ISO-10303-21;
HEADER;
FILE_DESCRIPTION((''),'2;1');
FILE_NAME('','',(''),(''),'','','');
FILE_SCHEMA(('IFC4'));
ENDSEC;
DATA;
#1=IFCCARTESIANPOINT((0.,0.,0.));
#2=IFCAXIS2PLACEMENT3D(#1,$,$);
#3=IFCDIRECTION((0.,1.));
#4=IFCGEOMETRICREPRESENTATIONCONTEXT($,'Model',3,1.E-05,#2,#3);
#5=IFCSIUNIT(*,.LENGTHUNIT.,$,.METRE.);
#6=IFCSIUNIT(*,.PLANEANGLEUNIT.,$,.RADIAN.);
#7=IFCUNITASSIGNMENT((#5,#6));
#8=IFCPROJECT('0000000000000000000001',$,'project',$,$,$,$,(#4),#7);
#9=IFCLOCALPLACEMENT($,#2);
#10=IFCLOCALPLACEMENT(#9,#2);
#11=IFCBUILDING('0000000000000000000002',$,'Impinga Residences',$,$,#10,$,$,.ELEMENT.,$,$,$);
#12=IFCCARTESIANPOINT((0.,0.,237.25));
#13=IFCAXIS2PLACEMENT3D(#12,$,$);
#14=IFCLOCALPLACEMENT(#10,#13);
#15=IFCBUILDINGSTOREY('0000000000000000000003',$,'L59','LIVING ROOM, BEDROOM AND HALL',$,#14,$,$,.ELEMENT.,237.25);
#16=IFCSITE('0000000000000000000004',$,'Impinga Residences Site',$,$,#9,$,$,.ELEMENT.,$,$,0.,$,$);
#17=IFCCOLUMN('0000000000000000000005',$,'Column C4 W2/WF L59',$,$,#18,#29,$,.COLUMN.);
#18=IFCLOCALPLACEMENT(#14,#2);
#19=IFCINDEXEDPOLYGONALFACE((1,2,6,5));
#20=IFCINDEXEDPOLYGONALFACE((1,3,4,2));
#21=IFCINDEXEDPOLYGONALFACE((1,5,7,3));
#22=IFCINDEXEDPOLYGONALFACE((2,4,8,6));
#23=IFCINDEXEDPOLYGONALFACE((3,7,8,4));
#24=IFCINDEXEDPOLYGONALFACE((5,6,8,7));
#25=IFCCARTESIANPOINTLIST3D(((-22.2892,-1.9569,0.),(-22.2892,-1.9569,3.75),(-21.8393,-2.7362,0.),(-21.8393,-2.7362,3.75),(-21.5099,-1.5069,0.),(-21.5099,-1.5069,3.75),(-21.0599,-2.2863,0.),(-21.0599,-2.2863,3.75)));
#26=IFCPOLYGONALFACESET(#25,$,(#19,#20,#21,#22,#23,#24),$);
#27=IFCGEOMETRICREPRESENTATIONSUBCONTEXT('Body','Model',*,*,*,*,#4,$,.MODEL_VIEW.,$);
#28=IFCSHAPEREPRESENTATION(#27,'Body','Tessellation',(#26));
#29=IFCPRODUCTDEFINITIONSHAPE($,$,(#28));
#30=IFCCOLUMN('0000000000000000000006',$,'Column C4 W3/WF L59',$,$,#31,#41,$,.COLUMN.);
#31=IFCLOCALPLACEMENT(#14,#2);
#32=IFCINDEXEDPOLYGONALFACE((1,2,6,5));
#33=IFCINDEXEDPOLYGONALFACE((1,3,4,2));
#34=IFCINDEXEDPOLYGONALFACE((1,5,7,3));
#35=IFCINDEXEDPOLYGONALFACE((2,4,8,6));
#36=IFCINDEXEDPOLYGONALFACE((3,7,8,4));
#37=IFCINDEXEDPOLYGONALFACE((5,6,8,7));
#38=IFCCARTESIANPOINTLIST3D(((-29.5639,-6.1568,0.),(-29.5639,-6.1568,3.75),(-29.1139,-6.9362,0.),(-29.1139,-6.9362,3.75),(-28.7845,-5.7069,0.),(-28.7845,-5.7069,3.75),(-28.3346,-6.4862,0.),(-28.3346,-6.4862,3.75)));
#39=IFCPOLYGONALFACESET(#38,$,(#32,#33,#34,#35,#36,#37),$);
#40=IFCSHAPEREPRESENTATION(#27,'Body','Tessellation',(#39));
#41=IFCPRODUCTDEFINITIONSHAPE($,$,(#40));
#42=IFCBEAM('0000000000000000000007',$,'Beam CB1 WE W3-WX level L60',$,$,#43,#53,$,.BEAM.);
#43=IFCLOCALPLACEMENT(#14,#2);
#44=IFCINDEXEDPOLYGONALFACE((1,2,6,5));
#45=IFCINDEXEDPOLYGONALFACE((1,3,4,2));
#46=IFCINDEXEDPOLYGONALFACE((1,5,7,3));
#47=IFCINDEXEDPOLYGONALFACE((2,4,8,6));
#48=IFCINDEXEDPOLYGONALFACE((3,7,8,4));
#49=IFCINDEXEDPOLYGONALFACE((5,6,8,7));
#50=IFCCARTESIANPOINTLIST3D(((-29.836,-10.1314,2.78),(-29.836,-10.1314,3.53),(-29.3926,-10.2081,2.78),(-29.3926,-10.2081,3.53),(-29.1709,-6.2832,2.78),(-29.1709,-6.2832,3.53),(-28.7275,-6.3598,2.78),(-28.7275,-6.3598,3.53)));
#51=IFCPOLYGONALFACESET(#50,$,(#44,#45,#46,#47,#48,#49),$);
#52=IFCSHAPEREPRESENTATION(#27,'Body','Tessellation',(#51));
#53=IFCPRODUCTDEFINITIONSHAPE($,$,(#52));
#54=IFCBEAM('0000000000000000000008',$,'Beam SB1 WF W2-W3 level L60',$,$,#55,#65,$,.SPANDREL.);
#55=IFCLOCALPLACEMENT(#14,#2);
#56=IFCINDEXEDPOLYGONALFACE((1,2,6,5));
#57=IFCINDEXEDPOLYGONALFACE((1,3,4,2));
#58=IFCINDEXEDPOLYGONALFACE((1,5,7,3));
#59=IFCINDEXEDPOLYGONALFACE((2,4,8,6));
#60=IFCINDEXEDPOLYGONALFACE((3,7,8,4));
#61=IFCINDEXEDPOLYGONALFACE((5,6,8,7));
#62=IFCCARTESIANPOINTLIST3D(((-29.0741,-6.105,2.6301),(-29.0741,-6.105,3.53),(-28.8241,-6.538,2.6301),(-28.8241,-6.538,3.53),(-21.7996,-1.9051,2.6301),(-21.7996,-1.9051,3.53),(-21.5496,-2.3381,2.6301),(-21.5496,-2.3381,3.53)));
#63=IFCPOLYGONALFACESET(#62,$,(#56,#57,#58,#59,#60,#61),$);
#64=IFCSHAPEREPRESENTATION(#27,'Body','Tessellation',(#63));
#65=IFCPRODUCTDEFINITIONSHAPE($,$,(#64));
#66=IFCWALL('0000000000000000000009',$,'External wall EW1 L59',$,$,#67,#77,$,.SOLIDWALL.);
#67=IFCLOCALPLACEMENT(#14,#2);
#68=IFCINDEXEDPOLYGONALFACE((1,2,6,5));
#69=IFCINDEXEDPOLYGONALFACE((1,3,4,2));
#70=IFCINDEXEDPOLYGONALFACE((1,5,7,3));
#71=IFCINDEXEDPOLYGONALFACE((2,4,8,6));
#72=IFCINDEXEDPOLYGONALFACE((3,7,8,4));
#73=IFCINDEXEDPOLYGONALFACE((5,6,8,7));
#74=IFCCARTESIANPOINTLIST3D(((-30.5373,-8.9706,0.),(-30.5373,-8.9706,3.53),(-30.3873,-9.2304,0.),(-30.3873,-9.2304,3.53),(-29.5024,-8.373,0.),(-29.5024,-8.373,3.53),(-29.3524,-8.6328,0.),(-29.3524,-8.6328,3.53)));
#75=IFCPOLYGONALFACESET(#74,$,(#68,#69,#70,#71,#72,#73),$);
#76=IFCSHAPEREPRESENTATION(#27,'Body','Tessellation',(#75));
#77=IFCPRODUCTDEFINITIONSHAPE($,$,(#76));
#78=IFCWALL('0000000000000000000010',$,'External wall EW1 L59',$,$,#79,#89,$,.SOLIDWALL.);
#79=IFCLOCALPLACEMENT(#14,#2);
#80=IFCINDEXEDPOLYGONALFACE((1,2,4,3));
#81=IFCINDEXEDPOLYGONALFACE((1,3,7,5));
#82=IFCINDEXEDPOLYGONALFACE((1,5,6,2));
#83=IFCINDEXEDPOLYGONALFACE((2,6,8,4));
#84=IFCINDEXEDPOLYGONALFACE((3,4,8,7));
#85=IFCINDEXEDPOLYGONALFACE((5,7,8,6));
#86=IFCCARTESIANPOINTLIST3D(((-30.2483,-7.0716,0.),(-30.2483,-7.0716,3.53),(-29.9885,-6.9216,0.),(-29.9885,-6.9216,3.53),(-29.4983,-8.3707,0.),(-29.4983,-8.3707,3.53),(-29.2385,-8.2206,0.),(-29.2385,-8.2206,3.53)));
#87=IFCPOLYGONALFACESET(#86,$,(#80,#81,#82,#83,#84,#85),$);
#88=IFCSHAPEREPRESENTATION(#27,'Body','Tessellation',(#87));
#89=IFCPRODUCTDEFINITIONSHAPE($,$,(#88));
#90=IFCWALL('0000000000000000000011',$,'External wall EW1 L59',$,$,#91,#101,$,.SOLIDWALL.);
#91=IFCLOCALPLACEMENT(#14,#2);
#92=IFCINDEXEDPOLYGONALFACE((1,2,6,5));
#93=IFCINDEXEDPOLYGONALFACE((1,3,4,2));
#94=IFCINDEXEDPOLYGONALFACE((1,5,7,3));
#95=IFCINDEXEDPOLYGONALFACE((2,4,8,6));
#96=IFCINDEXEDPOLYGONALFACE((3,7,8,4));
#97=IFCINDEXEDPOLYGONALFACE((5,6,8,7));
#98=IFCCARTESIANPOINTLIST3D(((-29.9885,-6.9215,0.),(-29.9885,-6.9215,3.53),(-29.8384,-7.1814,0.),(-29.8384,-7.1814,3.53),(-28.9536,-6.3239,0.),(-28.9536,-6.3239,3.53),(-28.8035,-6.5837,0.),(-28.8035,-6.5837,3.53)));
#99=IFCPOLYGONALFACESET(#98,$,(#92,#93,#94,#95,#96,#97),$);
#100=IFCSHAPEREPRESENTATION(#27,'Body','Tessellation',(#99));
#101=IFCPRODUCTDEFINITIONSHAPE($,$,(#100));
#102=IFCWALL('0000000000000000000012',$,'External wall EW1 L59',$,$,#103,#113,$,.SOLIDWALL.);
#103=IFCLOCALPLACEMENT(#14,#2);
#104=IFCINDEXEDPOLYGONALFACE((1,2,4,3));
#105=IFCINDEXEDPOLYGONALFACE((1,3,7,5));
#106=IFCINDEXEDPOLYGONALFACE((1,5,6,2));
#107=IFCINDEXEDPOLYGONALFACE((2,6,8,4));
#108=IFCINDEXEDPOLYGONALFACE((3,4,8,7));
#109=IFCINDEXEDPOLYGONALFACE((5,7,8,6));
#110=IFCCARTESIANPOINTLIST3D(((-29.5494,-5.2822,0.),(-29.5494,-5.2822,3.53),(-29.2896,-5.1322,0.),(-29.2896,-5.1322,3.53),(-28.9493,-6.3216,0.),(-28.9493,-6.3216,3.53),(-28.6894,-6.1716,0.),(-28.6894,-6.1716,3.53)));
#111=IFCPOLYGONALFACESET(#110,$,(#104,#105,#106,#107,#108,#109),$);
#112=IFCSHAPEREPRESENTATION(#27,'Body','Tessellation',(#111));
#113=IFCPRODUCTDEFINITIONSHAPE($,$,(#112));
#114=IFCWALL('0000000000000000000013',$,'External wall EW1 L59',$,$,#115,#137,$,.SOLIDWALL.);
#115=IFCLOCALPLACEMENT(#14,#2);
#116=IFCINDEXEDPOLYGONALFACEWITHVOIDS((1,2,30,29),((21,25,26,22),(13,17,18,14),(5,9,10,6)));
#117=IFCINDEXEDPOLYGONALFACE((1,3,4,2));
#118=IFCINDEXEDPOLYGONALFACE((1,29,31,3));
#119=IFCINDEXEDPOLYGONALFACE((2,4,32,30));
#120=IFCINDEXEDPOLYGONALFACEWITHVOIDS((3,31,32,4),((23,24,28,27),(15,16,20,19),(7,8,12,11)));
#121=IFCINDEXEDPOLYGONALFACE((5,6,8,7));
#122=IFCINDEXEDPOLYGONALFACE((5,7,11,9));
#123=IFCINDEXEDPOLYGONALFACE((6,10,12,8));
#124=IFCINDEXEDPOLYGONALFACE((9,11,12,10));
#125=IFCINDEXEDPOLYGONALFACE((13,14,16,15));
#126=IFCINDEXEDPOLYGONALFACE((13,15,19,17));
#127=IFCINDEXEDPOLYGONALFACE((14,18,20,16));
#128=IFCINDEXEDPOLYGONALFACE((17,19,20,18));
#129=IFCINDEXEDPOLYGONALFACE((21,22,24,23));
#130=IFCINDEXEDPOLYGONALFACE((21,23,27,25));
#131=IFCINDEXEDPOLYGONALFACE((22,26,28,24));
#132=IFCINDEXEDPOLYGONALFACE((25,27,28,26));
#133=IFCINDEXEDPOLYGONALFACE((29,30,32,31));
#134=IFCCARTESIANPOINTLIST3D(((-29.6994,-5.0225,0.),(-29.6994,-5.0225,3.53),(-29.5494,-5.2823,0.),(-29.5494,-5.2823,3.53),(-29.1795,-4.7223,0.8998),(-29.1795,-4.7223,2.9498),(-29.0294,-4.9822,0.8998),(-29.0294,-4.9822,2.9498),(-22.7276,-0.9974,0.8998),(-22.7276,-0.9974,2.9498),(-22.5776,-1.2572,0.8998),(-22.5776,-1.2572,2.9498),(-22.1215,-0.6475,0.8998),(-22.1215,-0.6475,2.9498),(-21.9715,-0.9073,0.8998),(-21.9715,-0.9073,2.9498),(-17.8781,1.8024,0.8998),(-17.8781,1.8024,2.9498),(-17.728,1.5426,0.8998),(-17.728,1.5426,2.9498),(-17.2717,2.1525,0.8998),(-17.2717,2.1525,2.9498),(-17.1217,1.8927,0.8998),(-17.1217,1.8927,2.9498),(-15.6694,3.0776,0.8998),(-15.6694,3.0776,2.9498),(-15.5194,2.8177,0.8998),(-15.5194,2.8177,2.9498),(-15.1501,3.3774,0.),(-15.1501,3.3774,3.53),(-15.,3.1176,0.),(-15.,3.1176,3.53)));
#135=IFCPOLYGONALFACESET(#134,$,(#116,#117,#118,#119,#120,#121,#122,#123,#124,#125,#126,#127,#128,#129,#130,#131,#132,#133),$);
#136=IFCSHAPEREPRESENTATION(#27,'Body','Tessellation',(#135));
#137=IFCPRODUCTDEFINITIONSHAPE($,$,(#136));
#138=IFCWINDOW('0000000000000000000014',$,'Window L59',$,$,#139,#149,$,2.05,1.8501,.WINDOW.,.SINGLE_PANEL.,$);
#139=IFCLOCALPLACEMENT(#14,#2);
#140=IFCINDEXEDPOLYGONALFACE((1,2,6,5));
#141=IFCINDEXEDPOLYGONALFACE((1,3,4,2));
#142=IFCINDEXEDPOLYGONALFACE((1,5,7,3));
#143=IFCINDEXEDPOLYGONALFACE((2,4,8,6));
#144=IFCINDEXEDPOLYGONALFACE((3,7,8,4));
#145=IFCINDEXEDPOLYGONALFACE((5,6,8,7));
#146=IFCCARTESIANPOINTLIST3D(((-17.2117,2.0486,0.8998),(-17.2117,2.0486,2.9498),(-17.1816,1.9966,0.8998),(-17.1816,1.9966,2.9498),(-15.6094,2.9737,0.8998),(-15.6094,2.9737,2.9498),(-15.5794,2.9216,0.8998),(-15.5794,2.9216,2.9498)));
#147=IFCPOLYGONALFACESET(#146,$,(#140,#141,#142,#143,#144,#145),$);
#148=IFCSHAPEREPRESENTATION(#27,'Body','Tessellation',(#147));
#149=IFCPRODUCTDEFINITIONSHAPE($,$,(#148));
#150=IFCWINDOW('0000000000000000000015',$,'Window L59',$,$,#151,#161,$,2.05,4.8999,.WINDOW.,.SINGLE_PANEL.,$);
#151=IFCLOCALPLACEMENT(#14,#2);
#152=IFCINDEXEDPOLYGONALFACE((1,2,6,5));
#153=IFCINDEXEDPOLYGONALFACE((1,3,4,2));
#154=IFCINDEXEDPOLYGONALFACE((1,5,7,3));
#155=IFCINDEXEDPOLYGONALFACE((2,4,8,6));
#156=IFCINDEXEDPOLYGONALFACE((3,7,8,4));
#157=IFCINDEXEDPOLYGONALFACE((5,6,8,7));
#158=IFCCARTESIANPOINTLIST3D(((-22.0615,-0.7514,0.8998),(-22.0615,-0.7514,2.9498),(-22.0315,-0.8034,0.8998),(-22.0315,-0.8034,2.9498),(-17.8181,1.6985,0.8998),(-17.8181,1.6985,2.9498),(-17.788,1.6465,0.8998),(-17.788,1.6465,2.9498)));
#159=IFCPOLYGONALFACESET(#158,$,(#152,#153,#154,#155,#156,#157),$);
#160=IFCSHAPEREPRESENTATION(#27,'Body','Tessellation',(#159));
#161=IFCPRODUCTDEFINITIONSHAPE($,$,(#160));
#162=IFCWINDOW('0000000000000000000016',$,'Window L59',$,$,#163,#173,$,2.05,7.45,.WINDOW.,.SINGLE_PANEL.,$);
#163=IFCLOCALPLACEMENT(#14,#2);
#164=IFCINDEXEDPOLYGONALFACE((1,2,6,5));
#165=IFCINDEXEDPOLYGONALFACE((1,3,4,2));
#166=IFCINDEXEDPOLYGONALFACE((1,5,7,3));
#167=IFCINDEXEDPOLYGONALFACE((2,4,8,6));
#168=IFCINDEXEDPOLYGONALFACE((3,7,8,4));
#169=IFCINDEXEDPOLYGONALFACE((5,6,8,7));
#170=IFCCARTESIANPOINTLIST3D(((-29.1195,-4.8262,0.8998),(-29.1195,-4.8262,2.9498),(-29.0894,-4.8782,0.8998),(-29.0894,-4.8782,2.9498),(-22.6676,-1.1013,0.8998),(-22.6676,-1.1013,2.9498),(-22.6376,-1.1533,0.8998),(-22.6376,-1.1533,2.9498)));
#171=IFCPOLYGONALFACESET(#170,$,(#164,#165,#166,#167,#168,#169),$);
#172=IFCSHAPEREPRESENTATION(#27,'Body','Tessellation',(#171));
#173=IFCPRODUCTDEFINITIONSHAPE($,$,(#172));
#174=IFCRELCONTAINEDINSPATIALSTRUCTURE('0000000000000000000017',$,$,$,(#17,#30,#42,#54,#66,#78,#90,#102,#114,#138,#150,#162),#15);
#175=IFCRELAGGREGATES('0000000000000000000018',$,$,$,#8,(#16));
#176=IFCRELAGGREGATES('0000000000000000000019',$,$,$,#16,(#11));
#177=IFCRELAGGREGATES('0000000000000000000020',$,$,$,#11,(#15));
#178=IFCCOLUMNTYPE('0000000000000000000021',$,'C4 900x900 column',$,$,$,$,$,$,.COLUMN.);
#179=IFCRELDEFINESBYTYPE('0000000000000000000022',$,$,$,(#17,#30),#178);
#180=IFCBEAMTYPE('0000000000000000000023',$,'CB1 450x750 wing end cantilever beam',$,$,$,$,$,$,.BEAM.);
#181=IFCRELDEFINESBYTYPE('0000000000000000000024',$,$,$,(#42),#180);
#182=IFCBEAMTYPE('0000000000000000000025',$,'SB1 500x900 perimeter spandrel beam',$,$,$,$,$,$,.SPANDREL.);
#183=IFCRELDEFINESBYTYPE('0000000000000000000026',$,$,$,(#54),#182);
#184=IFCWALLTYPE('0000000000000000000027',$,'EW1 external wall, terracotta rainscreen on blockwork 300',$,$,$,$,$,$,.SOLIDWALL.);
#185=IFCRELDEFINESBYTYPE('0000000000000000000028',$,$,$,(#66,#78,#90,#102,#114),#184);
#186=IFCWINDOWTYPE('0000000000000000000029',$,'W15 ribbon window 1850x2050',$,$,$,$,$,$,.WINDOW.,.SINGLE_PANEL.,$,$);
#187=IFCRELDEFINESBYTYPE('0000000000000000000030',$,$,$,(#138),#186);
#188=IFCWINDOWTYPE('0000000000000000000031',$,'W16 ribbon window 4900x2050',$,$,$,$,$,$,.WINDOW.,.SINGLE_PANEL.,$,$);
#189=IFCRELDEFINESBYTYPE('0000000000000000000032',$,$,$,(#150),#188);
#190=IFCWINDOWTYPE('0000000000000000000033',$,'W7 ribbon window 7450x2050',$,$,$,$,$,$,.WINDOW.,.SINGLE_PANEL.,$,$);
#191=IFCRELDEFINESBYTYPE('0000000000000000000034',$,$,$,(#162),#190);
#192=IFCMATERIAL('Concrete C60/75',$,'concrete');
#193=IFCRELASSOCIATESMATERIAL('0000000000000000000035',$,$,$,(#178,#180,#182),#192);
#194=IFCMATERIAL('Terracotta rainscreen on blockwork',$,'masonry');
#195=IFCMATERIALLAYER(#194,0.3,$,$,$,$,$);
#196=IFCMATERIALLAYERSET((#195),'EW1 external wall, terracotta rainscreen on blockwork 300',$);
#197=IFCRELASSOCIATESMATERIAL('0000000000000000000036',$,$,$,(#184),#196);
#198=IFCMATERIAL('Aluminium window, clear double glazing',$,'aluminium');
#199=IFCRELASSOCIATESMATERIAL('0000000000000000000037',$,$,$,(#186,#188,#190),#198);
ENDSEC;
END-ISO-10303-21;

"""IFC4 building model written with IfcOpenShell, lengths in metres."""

from ifc_helpers import new_model, si_unit, direction, frame, frame_2d, origin, origin_2d, place, context, subcontext, project, spatial, rectangle, extrude, material, layer, layer_set, material_profile, profile_set, type_object, element, fill, save


model = new_model("IFC4")

# Units and contexts
model_context = context("Model", 3, precision=1e-05, world=origin(), true_north=direction((0.0, 1.0)))
body_context = subcontext(model_context, "Body", "Model", "MODEL_VIEW")
ifc_project = project(units=[si_unit("LENGTHUNIT", "METRE"), si_unit("PLANEANGLEUNIT", "RADIAN")], contexts=[model_context])

# Site, building, storey
site_placement = place(None, origin())
site = spatial("IfcSite", under=ifc_project, at=site_placement, Name="Impinga Residences Site", CompositionType="ELEMENT", RefElevation=0.0)
building_placement = place(site_placement, origin())
building = spatial("IfcBuilding", under=site, at=building_placement, Name="Impinga Residences", CompositionType="ELEMENT")
storey_placement = place(building_placement, frame((0.0, 0.0, 237.25)))
storey = spatial("IfcBuildingStorey", under=building, at=storey_placement, Name="L59", Description="LIVING ROOM, BEDROOM AND HALL", CompositionType="ELEMENT", Elevation=237.25)

# Columns
ifc_material_1 = material(Name="Concrete C60/75", Category="concrete")
ifc_material_profile_1 = material_profile(ifc_material_1, rectangle(XDim=0.8999, YDim=0.8999, at=origin_2d()), Name="RC 900x900")
ifc_profile_set_1 = profile_set([ifc_material_profile_1], Name="Concrete C60/75")
column_type = type_object("IfcColumnType", Name="C4 900x900 column", PredefinedType="COLUMN", material=ifc_profile_set_1)
for number, where, z_axis, x_axis, name in (
    (1, (-21.6746, -2.1216, 0.0), (0.0, 0.0, 1.0), (-0.5, 0.866025, 0.0), "Column C4 W2/WF L59"),
    (2, (-28.9492, -6.3215, 0.0), (0.0, 0.0, 1.0), (-0.5, 0.866025, 0.0), "Column C4 W3/WF L59"),
):
    element("IfcColumn", number, at=place(storey_placement, frame(where, z_axis=z_axis, x_axis=x_axis)), inside=storey, type_object=column_type, Name=name, PredefinedType="COLUMN", context=body_context, shape_type="SweptSolid", body=[
        extrude(rectangle(XDim=0.8999, YDim=0.8999, at=origin_2d()), origin(), (0.0, 0.0, 1.0), 3.75),
    ])

# Beams
ifc_material_profile_2 = material_profile(ifc_material_1, rectangle(XDim=0.45, YDim=0.75, at=origin_2d()), Name="RC 450x750")
ifc_profile_set_2 = profile_set([ifc_material_profile_2], Name="Concrete C60/75")
beam_type_1 = type_object("IfcBeamType", Name="CB1 450x750 wing end cantilever beam", PredefinedType="BEAM", material=ifc_profile_set_2)
beam_1_placement = place(storey_placement, frame((-28.9492, -6.3215, 3.155), z_axis=(-0.170296, -0.985393, 0.0), x_axis=(0.985393, -0.170296, 0.0)))
element("IfcBeam", 3, at=beam_1_placement, inside=storey, type_object=beam_type_1, Name="Beam CB1 WE W3-WX level L60", PredefinedType="BEAM", context=body_context, shape_type="SweptSolid", body=[
    extrude(rectangle(XDim=0.45, YDim=0.75, at=origin_2d()), origin(), (0.0, 0.0, 1.0), 3.9053),
])
ifc_material_profile_3 = material_profile(ifc_material_1, rectangle(XDim=0.5, YDim=0.8999, at=origin_2d()), Name="RC 500x900")
ifc_profile_set_3 = profile_set([ifc_material_profile_3], Name="Concrete C60/75")
beam_type_2 = type_object("IfcBeamType", Name="SB1 500x900 perimeter spandrel beam", PredefinedType="SPANDREL", material=ifc_profile_set_3)
beam_2_placement = place(storey_placement, frame((-21.6746, -2.1216, 3.0801), z_axis=(-0.866029, -0.499993, 0.0), x_axis=(0.499993, -0.866029, 0.0)))
element("IfcBeam", 4, at=beam_2_placement, inside=storey, type_object=beam_type_2, Name="Beam SB1 WF W2-W3 level L60", PredefinedType="SPANDREL", context=body_context, shape_type="SweptSolid", body=[
    extrude(rectangle(XDim=0.5, YDim=0.8999, at=origin_2d()), origin(), (0.0, 0.0, 1.0), 8.3999),
])

# Walls
ifc_material_2 = material(Name="Terracotta rainscreen on blockwork", Category="masonry")
ifc_layer_1 = layer(ifc_material_2, 0.3)
ifc_layer_set_1 = layer_set([ifc_layer_1], Name="EW1 external wall, terracotta rainscreen on blockwork 300")
wall_type_1 = type_object("IfcWallType", Name="EW1 external wall, terracotta rainscreen on blockwork 300", PredefinedType="SOLIDWALL", material=ifc_layer_set_1)
wall_1_placement = place(storey_placement, frame((-30.4624, -9.1006, 0.0), z_axis=(0.0, 0.0, 1.0), x_axis=(0.865971, 0.500094, 0.0)))
element("IfcWall", 5, at=wall_1_placement, inside=storey, type_object=wall_type_1, Name="External wall EW1 L59", PredefinedType="SOLIDWALL", context=body_context, shape_type="SweptSolid", body=[
    extrude(rectangle(XDim=1.1951, YDim=0.3, at=frame_2d((0.5977, 0.0))), origin(), (0.0, 0.0, 1.0), 3.53),
])
wall_2_placement = place(storey_placement, frame((-29.3684, -8.2957, 0.0), z_axis=(0.0, 0.0, 1.0), x_axis=(-0.49999, 0.866031, 0.0)))
element("IfcWall", 6, at=wall_2_placement, inside=storey, type_object=wall_type_1, Name="External wall EW1 L59", PredefinedType="SOLIDWALL", context=body_context, shape_type="SweptSolid", body=[
    extrude(rectangle(XDim=1.5, YDim=0.3, at=frame_2d((0.75, 0.0))), origin(), (0.0, 0.0, 1.0), 3.53),
])
wall_3_placement = place(storey_placement, frame((-29.9136, -7.0515, 0.0), z_axis=(0.0, 0.0, 1.0), x_axis=(0.865971, 0.500094, 0.0)))
element("IfcWall", 7, at=wall_3_placement, inside=storey, type_object=wall_type_1, Name="External wall EW1 L59", PredefinedType="SOLIDWALL", context=body_context, shape_type="SweptSolid", body=[
    extrude(rectangle(XDim=1.1951, YDim=0.3, at=frame_2d((0.5977, 0.0))), origin(), (0.0, 0.0, 1.0), 3.53),
])
wall_4_placement = place(storey_placement, frame((-28.8193, -6.2466, 0.0), z_axis=(0.0, 0.0, 1.0), x_axis=(-0.500034, 0.866006, 0.0)))
element("IfcWall", 8, at=wall_4_placement, inside=storey, type_object=wall_type_1, Name="External wall EW1 L59", PredefinedType="SOLIDWALL", context=body_context, shape_type="SweptSolid", body=[
    extrude(rectangle(XDim=1.2002, YDim=0.3, at=frame_2d((0.6001, 0.0))), origin(), (0.0, 0.0, 1.0), 3.53),
])

# Wall, openings, windows
wall_5_placement = place(storey_placement, frame((-29.6243, -5.1523, 0.0), z_axis=(0.0, 0.0, 1.0), x_axis=(0.866029, 0.499993, 0.0)))
wall_5 = element("IfcWall", 9, at=wall_5_placement, inside=storey, type_object=wall_type_1, Name="External wall EW1 L59", PredefinedType="SOLIDWALL", context=body_context, shape_type="SweptSolid", body=[
    extrude(rectangle(XDim=16.8, YDim=0.3, at=frame_2d((8.3999, 0.0))), origin(), (0.0, 0.0, 1.0), 3.53),
])
opening_1_placement = place(wall_5_placement, frame((0.6001, 0.0, 0.8999)))
opening_1 = element("IfcOpeningElement", 10, at=opening_1_placement, cuts=wall_5, PredefinedType="OPENING", context=body_context, shape_type="SweptSolid", body=[
    extrude(rectangle(XDim=7.45, YDim=2.05, at=frame_2d((3.7251, 1.0249))), frame((0.0, 0.1599, 0.0), z_axis=(0.0, -1.0, 0.0), x_axis=(1.0, 0.0, 0.0)), (0.0, 0.0, 1.0), 0.3201),
])
opening_2_placement = place(wall_5_placement, frame((8.75, 0.0, 0.8999)))
opening_2 = element("IfcOpeningElement", 11, at=opening_2_placement, cuts=wall_5, PredefinedType="OPENING", context=body_context, shape_type="SweptSolid", body=[
    extrude(rectangle(XDim=4.8999, YDim=2.05, at=frame_2d((2.45, 1.0249))), frame((0.0, 0.1599, 0.0), z_axis=(0.0, -1.0, 0.0), x_axis=(1.0, 0.0, 0.0)), (0.0, 0.0, 1.0), 0.3201),
])
opening_3_placement = place(wall_5_placement, frame((14.3501, 0.0, 0.8999)))
opening_3 = element("IfcOpeningElement", 12, at=opening_3_placement, cuts=wall_5, PredefinedType="OPENING", context=body_context, shape_type="SweptSolid", body=[
    extrude(rectangle(XDim=1.8501, YDim=2.05, at=frame_2d((0.925, 1.0249))), frame((0.0, 0.1599, 0.0), z_axis=(0.0, -1.0, 0.0), x_axis=(1.0, 0.0, 0.0)), (0.0, 0.0, 1.0), 0.3201),
])
ifc_material_3 = material(Name="Aluminium window, clear double glazing", Category="aluminium")
window_type_1 = type_object("IfcWindowType", Name="W15 ribbon window 1850x2050", PartitioningType="SINGLE_PANEL", PredefinedType="WINDOW", material=ifc_material_3)
window_1_placement = place(opening_3_placement, origin())
window_1 = element("IfcWindow", 13, at=window_1_placement, inside=storey, type_object=window_type_1, Name="Window L59", OverallHeight=2.05, OverallWidth=1.8501, PartitioningType="SINGLE_PANEL", PredefinedType="WINDOW", context=body_context, shape_type="SweptSolid", body=[
    extrude(rectangle(XDim=1.8501, YDim=2.05, at=frame_2d((0.925, 1.0249))), frame((0.0, 0.03, 0.0), z_axis=(0.0, -1.0, 0.0), x_axis=(1.0, 0.0, 0.0)), (0.0, 0.0, 1.0), 0.0601),
])
fill(opening_3, window_1)
window_type_2 = type_object("IfcWindowType", Name="W16 ribbon window 4900x2050", PartitioningType="SINGLE_PANEL", PredefinedType="WINDOW", material=ifc_material_3)
window_2_placement = place(opening_2_placement, origin())
window_2 = element("IfcWindow", 14, at=window_2_placement, inside=storey, type_object=window_type_2, Name="Window L59", OverallHeight=2.05, OverallWidth=4.8999, PartitioningType="SINGLE_PANEL", PredefinedType="WINDOW", context=body_context, shape_type="SweptSolid", body=[
    extrude(rectangle(XDim=4.8999, YDim=2.05, at=frame_2d((2.45, 1.0249))), frame((0.0, 0.03, 0.0), z_axis=(0.0, -1.0, 0.0), x_axis=(1.0, 0.0, 0.0)), (0.0, 0.0, 1.0), 0.0601),
])
fill(opening_2, window_2)
window_type_3 = type_object("IfcWindowType", Name="W7 ribbon window 7450x2050", PartitioningType="SINGLE_PANEL", PredefinedType="WINDOW", material=ifc_material_3)
window_3_placement = place(opening_1_placement, origin())
window_3 = element("IfcWindow", 15, at=window_3_placement, inside=storey, type_object=window_type_3, Name="Window L59", OverallHeight=2.05, OverallWidth=7.45, PartitioningType="SINGLE_PANEL", PredefinedType="WINDOW", context=body_context, shape_type="SweptSolid", body=[
    extrude(rectangle(XDim=7.45, YDim=2.05, at=frame_2d((3.7251, 1.0249))), frame((0.0, 0.03, 0.0), z_axis=(0.0, -1.0, 0.0), x_axis=(1.0, 0.0, 0.0)), (0.0, 0.0, 1.0), 0.0601),
])
fill(opening_1, window_3)

save(model, "model.ifc")
